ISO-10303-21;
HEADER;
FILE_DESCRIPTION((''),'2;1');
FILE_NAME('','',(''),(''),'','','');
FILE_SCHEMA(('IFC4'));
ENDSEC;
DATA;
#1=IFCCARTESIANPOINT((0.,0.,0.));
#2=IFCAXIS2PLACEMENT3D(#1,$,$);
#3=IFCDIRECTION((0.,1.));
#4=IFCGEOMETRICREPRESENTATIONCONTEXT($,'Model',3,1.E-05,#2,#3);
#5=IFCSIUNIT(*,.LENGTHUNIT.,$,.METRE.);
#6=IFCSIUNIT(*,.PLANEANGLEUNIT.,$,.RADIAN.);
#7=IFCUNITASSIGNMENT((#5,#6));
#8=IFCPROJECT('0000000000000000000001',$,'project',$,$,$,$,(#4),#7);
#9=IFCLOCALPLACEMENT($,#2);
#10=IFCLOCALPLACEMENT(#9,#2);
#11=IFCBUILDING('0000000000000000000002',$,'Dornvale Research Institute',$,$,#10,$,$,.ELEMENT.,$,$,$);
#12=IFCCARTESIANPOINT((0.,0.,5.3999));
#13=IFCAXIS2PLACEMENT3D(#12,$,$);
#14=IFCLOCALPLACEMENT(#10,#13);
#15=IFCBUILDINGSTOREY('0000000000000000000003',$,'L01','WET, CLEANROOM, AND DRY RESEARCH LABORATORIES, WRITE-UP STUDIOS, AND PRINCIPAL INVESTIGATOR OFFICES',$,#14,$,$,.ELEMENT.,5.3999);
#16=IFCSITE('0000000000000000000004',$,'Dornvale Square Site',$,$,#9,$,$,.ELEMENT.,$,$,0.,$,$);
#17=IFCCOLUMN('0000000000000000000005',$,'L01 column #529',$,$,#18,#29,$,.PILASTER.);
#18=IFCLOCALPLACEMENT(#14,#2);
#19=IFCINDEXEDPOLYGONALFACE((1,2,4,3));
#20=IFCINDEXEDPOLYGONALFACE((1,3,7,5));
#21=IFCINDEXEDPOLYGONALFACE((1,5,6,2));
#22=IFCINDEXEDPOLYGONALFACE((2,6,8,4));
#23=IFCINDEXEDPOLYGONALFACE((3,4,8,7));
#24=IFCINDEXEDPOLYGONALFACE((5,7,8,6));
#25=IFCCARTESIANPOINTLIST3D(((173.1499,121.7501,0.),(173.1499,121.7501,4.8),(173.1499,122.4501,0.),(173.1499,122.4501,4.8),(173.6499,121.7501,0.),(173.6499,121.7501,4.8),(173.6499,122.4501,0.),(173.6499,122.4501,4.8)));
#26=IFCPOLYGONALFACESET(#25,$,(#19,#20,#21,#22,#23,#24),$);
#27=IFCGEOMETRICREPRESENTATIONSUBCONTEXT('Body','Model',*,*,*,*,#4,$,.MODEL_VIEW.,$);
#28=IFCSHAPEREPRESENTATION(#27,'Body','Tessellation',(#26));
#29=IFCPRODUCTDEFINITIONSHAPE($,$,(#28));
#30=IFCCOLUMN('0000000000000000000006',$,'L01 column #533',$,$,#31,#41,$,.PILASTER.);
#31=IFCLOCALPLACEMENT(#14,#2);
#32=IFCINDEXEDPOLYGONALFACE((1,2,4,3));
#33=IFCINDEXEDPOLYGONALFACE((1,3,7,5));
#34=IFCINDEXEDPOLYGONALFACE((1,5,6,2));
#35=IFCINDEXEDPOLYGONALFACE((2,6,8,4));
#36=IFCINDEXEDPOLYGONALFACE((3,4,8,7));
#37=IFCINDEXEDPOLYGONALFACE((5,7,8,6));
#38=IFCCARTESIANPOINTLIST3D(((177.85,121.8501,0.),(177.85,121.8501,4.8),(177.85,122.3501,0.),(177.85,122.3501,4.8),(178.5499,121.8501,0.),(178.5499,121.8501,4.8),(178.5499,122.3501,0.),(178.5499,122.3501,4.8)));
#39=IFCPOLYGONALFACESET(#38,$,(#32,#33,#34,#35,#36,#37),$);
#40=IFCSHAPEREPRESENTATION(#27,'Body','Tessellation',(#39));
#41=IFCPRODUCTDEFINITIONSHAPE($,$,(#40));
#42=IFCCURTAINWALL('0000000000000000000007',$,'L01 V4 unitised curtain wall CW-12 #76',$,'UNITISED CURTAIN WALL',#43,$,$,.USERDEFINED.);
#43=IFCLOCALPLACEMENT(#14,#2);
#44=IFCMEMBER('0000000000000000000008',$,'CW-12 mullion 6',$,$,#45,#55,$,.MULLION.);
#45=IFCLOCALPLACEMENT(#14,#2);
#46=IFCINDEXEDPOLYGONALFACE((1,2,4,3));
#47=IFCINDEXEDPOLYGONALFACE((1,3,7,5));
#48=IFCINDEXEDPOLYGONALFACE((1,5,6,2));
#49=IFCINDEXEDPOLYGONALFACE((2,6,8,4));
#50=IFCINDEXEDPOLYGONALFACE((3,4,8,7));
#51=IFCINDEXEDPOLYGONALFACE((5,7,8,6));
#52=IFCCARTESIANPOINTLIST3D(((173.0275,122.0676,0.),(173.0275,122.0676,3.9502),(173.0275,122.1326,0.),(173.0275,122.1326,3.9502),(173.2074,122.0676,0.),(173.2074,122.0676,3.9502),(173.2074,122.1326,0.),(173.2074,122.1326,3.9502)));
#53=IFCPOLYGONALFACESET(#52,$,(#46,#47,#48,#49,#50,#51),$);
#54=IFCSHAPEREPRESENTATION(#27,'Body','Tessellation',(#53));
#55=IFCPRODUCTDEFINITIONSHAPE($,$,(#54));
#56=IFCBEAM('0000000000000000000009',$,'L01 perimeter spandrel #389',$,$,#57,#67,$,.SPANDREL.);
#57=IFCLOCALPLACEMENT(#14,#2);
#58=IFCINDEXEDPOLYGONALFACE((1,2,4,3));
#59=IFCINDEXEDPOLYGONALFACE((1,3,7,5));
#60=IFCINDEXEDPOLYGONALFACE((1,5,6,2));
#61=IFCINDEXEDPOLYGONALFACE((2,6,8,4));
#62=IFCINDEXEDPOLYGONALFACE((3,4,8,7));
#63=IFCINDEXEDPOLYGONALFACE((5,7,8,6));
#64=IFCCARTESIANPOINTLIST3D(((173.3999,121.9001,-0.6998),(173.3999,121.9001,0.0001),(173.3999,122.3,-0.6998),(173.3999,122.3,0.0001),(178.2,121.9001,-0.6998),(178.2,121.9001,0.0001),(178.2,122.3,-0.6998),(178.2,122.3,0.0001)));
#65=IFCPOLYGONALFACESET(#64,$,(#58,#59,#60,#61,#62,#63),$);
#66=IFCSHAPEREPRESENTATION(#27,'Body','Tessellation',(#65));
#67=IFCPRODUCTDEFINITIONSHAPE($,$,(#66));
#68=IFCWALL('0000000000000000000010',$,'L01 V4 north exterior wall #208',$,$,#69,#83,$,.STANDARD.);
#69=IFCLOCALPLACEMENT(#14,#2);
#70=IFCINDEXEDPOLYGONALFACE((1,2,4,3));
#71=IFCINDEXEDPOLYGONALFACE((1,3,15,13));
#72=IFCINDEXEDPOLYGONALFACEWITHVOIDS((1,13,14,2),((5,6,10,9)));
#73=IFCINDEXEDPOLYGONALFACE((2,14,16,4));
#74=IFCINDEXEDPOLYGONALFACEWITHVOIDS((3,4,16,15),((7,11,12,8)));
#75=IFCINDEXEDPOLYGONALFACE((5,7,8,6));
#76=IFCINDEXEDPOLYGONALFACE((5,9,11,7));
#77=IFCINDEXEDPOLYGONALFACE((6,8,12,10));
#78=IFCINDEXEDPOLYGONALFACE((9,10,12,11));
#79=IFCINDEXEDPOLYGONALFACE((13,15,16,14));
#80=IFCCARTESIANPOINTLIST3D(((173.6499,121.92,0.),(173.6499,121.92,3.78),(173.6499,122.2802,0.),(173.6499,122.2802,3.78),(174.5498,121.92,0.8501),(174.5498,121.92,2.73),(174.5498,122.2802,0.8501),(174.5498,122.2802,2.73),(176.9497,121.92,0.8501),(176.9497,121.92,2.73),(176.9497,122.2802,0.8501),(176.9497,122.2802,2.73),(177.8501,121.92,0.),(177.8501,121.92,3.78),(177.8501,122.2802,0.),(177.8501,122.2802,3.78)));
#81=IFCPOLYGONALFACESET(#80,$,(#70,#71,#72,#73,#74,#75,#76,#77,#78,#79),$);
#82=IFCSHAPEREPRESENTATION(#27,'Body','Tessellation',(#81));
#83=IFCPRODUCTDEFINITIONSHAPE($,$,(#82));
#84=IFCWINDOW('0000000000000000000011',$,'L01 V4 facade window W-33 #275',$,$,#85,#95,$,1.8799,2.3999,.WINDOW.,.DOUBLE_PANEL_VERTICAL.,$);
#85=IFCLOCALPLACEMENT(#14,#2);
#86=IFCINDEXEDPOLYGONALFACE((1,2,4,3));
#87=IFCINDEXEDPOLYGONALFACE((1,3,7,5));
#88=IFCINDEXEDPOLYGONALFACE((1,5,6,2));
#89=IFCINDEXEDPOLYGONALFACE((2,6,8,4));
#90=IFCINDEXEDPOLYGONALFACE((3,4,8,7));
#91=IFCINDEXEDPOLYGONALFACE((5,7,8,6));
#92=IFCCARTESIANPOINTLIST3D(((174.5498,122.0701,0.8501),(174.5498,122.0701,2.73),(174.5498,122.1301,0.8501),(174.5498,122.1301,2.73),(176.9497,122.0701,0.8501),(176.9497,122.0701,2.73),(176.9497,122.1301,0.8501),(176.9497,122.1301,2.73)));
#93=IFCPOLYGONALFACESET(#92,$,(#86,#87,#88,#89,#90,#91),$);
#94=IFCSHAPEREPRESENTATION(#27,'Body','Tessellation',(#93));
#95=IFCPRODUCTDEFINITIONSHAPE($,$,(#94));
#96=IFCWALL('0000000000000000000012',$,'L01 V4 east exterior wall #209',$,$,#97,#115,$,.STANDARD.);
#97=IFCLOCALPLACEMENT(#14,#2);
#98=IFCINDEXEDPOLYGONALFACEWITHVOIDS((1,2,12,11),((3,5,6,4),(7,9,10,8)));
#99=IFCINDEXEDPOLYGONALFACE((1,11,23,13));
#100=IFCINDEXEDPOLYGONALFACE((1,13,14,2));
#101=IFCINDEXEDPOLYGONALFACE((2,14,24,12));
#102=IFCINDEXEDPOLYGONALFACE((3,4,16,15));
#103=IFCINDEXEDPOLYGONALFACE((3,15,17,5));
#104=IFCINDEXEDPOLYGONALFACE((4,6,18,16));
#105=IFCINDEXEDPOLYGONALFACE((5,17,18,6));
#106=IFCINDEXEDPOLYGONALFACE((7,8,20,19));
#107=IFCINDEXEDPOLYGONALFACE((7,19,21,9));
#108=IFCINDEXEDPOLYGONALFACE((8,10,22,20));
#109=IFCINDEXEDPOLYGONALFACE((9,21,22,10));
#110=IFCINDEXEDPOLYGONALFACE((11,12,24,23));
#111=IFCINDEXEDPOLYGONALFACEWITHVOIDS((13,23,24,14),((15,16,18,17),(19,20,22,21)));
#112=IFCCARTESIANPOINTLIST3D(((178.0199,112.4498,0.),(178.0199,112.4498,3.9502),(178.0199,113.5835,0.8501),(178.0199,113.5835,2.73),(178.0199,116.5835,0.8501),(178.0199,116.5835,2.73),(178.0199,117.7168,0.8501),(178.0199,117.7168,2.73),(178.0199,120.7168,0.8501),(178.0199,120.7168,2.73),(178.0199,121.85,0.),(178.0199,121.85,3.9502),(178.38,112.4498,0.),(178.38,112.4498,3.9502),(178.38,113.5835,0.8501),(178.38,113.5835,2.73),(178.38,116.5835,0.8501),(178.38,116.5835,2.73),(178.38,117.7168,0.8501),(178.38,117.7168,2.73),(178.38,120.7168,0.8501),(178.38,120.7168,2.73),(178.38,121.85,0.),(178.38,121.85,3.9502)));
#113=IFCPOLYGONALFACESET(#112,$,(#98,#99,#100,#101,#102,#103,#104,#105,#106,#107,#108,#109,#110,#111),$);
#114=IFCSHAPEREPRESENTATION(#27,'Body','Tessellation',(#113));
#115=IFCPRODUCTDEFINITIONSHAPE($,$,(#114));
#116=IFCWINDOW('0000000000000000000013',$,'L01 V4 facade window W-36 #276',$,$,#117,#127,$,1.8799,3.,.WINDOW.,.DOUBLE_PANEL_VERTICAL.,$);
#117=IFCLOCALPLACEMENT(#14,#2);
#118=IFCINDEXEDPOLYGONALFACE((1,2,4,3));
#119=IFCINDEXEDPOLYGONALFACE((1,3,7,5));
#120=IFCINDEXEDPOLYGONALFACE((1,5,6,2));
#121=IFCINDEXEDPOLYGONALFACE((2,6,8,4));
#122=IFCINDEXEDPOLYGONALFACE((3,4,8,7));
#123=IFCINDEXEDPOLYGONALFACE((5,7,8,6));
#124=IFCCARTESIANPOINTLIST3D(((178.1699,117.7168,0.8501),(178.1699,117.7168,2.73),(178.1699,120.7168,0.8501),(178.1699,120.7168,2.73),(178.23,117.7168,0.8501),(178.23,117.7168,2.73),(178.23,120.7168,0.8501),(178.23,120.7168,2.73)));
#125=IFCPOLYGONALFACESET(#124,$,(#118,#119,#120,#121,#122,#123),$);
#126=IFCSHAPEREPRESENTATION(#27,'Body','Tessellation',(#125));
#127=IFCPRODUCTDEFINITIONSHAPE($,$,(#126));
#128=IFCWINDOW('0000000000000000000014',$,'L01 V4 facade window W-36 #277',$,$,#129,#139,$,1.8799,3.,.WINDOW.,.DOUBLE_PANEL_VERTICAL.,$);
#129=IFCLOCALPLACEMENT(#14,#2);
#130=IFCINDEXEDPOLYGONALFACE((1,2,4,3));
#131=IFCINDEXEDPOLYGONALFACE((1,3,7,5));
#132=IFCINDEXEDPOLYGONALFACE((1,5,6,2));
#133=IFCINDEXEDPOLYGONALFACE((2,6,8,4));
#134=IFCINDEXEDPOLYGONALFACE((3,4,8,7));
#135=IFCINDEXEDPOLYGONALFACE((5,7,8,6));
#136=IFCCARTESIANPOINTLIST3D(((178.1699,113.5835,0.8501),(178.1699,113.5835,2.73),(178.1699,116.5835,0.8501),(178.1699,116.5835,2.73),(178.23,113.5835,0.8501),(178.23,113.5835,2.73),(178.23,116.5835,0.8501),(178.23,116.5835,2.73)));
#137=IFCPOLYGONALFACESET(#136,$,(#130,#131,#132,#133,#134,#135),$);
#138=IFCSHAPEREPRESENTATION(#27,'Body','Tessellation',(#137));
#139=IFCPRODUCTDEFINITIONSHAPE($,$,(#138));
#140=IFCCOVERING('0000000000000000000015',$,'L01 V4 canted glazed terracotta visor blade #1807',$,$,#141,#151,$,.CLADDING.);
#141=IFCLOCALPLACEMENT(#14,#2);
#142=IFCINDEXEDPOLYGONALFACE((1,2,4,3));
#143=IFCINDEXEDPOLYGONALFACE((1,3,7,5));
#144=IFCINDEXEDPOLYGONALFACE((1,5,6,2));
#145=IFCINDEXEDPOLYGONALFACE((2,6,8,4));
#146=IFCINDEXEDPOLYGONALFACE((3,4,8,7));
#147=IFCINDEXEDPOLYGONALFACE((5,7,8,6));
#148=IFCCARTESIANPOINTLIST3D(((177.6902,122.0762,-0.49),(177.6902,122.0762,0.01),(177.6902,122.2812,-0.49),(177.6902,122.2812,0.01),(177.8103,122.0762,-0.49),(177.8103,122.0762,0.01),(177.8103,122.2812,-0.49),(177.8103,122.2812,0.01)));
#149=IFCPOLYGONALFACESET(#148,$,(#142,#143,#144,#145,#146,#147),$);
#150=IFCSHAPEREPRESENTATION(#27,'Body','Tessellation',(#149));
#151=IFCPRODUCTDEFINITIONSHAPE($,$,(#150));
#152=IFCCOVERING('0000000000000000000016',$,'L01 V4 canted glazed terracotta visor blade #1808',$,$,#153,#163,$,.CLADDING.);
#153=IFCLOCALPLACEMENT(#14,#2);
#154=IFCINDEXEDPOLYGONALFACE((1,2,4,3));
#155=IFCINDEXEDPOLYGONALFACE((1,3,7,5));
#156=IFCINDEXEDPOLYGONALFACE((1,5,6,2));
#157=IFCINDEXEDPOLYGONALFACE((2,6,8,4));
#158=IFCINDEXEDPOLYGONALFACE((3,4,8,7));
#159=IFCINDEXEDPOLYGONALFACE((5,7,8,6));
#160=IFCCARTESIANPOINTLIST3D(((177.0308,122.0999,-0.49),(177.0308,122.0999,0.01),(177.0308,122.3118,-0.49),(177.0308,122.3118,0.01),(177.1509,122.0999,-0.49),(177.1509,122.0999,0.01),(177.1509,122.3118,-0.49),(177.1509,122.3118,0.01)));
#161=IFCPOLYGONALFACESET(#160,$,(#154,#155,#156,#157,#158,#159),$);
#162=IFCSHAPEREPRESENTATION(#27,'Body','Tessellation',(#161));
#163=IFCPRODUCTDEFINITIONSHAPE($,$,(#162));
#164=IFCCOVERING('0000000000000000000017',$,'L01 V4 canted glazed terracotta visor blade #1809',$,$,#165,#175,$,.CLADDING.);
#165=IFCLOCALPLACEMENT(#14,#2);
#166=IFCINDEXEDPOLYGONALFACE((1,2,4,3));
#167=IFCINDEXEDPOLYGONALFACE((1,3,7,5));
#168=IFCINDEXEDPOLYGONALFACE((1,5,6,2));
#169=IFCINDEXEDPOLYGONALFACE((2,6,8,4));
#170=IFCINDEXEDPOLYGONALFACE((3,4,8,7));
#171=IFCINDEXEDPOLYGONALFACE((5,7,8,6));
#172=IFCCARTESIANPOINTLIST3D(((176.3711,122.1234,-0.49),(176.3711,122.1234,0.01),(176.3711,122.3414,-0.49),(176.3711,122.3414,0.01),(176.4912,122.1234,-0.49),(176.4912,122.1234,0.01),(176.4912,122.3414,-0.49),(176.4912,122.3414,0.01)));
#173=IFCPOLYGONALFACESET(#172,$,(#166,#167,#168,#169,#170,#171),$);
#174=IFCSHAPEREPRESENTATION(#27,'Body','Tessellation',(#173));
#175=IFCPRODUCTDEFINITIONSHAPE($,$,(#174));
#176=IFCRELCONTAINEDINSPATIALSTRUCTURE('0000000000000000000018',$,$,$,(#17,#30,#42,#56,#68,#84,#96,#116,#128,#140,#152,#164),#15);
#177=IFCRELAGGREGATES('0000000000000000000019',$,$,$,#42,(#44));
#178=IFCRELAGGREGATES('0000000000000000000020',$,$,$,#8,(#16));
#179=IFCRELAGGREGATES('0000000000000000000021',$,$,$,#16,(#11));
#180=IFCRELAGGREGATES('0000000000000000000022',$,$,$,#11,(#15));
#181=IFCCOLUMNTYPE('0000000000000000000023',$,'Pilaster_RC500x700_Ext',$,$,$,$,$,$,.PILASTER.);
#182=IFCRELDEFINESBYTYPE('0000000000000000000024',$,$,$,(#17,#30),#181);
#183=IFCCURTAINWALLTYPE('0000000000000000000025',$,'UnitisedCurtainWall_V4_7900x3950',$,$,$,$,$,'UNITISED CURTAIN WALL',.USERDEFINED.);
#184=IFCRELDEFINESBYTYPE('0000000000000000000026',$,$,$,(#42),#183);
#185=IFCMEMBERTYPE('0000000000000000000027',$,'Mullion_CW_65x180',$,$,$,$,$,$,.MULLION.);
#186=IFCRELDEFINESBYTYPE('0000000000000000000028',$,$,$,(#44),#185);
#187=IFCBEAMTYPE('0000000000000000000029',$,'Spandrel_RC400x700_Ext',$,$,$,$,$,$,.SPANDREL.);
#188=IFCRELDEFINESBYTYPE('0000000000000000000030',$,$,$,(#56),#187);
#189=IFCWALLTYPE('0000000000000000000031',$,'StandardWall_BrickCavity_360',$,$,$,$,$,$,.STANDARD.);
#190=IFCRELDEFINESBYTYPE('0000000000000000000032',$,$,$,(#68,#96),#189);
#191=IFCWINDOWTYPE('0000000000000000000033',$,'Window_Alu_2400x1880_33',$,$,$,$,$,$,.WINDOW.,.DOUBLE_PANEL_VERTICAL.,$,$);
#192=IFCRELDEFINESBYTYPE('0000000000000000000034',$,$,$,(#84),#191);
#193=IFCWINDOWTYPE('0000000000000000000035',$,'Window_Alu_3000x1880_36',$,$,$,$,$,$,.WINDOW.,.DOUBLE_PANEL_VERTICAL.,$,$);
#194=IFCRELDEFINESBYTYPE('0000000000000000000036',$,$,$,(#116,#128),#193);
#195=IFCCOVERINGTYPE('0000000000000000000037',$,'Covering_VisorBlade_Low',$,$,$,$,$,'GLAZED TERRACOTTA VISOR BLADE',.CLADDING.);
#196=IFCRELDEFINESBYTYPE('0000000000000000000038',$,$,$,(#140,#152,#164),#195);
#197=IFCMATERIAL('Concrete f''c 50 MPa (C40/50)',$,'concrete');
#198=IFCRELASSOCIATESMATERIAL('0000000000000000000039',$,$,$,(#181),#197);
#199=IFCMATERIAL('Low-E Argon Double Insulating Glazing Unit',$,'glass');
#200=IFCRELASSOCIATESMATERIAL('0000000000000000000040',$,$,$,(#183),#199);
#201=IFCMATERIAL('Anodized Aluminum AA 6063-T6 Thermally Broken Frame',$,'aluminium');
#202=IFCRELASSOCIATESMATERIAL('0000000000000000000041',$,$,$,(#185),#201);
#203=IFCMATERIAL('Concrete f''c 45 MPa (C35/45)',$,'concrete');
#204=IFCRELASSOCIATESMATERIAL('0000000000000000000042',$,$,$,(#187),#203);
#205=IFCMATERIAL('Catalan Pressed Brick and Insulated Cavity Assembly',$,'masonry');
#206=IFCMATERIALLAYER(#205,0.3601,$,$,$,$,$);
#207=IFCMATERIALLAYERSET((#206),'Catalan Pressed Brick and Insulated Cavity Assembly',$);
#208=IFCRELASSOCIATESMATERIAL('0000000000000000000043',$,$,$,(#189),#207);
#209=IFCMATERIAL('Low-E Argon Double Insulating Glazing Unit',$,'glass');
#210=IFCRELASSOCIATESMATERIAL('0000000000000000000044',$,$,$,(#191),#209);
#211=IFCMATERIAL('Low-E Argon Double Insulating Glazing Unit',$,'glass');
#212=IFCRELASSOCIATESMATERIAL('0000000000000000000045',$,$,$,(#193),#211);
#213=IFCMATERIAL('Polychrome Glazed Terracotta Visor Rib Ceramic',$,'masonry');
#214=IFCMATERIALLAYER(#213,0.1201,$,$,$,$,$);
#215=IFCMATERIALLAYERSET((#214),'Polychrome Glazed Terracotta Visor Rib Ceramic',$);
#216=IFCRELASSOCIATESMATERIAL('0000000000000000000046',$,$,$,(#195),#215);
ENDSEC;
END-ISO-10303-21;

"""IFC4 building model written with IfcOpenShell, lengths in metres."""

from ifc_helpers import new_model, si_unit, direction, frame, frame_2d, origin, origin_2d, place, context, subcontext, project, spatial, rectangle, extrude, material, layer, layer_set, material_profile, profile_set, type_object, element, fill, aggregate, save


model = new_model("IFC4")

# Units and contexts
model_context = context("Model", 3, precision=1e-05, world=origin(), true_north=direction((0.0, 1.0)))
body_context = subcontext(model_context, "Body", "Model", "MODEL_VIEW")
ifc_project = project(units=[si_unit("LENGTHUNIT", "METRE"), si_unit("PLANEANGLEUNIT", "RADIAN")], contexts=[model_context])

# Site, building, storey
site_placement = place(None, origin())
site = spatial("IfcSite", under=ifc_project, at=site_placement, Name="Dornvale Square Site", CompositionType="ELEMENT", RefElevation=0.0)
building_placement = place(site_placement, origin())
building = spatial("IfcBuilding", under=site, at=building_placement, Name="Dornvale Research Institute", CompositionType="ELEMENT")
storey_placement = place(building_placement, frame((0.0, 0.0, 5.3999)))
storey = spatial("IfcBuildingStorey", under=building, at=storey_placement, Name="L01", Description="WET, CLEANROOM, AND DRY RESEARCH LABORATORIES, WRITE-UP STUDIOS, AND PRINCIPAL INVESTIGATOR OFFICES", CompositionType="ELEMENT", Elevation=5.3999)

# Columns
ifc_material_1 = material(Name="Concrete f'c 50 MPa (C40/50)", Category="concrete")
ifc_material_profile_1 = material_profile(ifc_material_1, rectangle(XDim=0.5, YDim=0.7, at=origin_2d()), Name="RC 500x700")
ifc_profile_set_1 = profile_set([ifc_material_profile_1], Name="Concrete f'c 50 MPa (C40/50)")
column_type = type_object("IfcColumnType", Name="Pilaster_RC500x700_Ext", PredefinedType="PILASTER", material=ifc_profile_set_1)
for number, where, z_axis, x_axis, name in (
    (1, (173.3999, 122.1001, 0.0), (0.0, 0.0, 1.0), (1.0, 0.0, 0.0), "L01 column #529"),
    (2, (178.2, 122.1001, 0.0), (0.0, 0.0, 1.0), (0.0, 1.0, 0.0), "L01 column #533"),
):
    element("IfcColumn", number, at=place(storey_placement, frame(where, z_axis=z_axis, x_axis=x_axis)), inside=storey, type_object=column_type, Name=name, PredefinedType="PILASTER", context=body_context, shape_type="SweptSolid", body=[
        extrude(rectangle(XDim=0.5, YDim=0.7, at=origin_2d()), origin(), (0.0, 0.0, 1.0), 4.8),
    ])

# Curtain wall, member
ifc_material_2 = material(Name="Low-E Argon Double Insulating Glazing Unit", Category="glass")
curtain_wall_type = type_object("IfcCurtainWallType", Name="UnitisedCurtainWall_V4_7900x3950", ElementType="UNITISED CURTAIN WALL", PredefinedType="USERDEFINED", material=ifc_material_2)
curtain_wall_placement = place(storey_placement, origin())
curtain_wall = element("IfcCurtainWall", 3, at=curtain_wall_placement, inside=storey, type_object=curtain_wall_type, Name="L01 V4 unitised curtain wall CW-12 #76", ObjectType="UNITISED CURTAIN WALL", PredefinedType="USERDEFINED")
ifc_material_3 = material(Name="Anodized Aluminum AA 6063-T6 Thermally Broken Frame", Category="aluminium")
ifc_material_profile_2 = material_profile(ifc_material_3, rectangle(XDim=0.0649, YDim=0.1799, at=origin_2d()), Name="ALU MULLION 65x180")
ifc_profile_set_2 = profile_set([ifc_material_profile_2], Name="Anodized Aluminum AA 6063-T6 Thermally Broken Frame")
member_type = type_object("IfcMemberType", Name="Mullion_CW_65x180", PredefinedType="MULLION", material=ifc_profile_set_2)
member_placement = place(storey_placement, frame((173.1174, 122.1001, 0.0), z_axis=(0.0, 0.0, 1.0), x_axis=(0.0, 1.0, 0.0)))
member = element("IfcMember", 4, at=member_placement, type_object=member_type, Name="CW-12 mullion 6", PredefinedType="MULLION", context=body_context, shape_type="SweptSolid", body=[
    extrude(rectangle(XDim=0.0649, YDim=0.1799, at=origin_2d()), origin(), (0.0, 0.0, 1.0), 3.9502),
])
aggregate(curtain_wall, [member])

# Beam
ifc_material_4 = material(Name="Concrete f'c 45 MPa (C35/45)", Category="concrete")
ifc_material_profile_3 = material_profile(ifc_material_4, rectangle(XDim=0.3999, YDim=0.7, at=origin_2d()), Name="RC 400x700")
ifc_profile_set_3 = profile_set([ifc_material_profile_3], Name="Concrete f'c 45 MPa (C35/45)")
beam_type = type_object("IfcBeamType", Name="Spandrel_RC400x700_Ext", PredefinedType="SPANDREL", material=ifc_profile_set_3)
beam_placement = place(storey_placement, frame((173.3999, 122.1001, -0.3499), z_axis=(1.0, 0.0, 0.0), x_axis=(0.0, 1.0, 0.0)))
element("IfcBeam", 5, at=beam_placement, inside=storey, type_object=beam_type, Name="L01 perimeter spandrel #389", PredefinedType="SPANDREL", context=body_context, shape_type="SweptSolid", body=[
    extrude(rectangle(XDim=0.3999, YDim=0.7, at=origin_2d()), origin(), (0.0, 0.0, 1.0), 4.8),
])

# Wall, opening, window
ifc_material_5 = material(Name="Catalan Pressed Brick and Insulated Cavity Assembly", Category="masonry")
ifc_layer_1 = layer(ifc_material_5, 0.3601)
ifc_layer_set_1 = layer_set([ifc_layer_1], Name="Catalan Pressed Brick and Insulated Cavity Assembly")
wall_type = type_object("IfcWallType", Name="StandardWall_BrickCavity_360", PredefinedType="STANDARD", material=ifc_layer_set_1)
wall_1_placement = place(storey_placement, frame((173.6499, 122.1001, 0.0), z_axis=(0.0, 0.0, 1.0), x_axis=(1.0, 0.0, 0.0)))
wall_1 = element("IfcWall", 6, at=wall_1_placement, inside=storey, type_object=wall_type, Name="L01 V4 north exterior wall #208", PredefinedType="STANDARD", context=body_context, shape_type="SweptSolid", body=[
    extrude(rectangle(XDim=4.2002, YDim=0.3601, at=frame_2d((2.1001, 0.0))), origin(), (0.0, 0.0, 1.0), 3.78),
])
opening_1_placement = place(wall_1_placement, frame((0.8999, 0.0, 0.8501)))
opening_1 = element("IfcOpeningElement", 7, at=opening_1_placement, cuts=wall_1, PredefinedType="OPENING", context=body_context, shape_type="SweptSolid", body=[
    extrude(rectangle(XDim=2.3999, YDim=1.8799, at=frame_2d((1.2, 0.9399))), frame((0.0, 0.1951, 0.0), z_axis=(0.0, -1.0, 0.0), x_axis=(1.0, 0.0, 0.0)), (0.0, 0.0, 1.0), 0.3901),
])
ifc_material_6 = material(Name="Low-E Argon Double Insulating Glazing Unit", Category="glass")
window_type_1 = type_object("IfcWindowType", Name="Window_Alu_2400x1880_33", PartitioningType="DOUBLE_PANEL_VERTICAL", PredefinedType="WINDOW", material=ifc_material_6)
window_1_placement = place(opening_1_placement, origin())
window_1 = element("IfcWindow", 8, at=window_1_placement, inside=storey, type_object=window_type_1, Name="L01 V4 facade window W-33 #275", OverallHeight=1.8799, OverallWidth=2.3999, PartitioningType="DOUBLE_PANEL_VERTICAL", PredefinedType="WINDOW", context=body_context, shape_type="SweptSolid", body=[
    extrude(rectangle(XDim=2.3999, YDim=1.8799, at=frame_2d((1.2, 0.9399))), frame((0.0, 0.03, 0.0), z_axis=(0.0, -1.0, 0.0), x_axis=(1.0, 0.0, 0.0)), (0.0, 0.0, 1.0), 0.0601),
])
fill(opening_1, window_1)

# Wall, openings, windows
wall_2_placement = place(storey_placement, frame((178.2, 121.8501, 0.0), z_axis=(0.0, 0.0, 1.0), x_axis=(0.0, -1.0, 0.0)))
wall_2 = element("IfcWall", 9, at=wall_2_placement, inside=storey, type_object=wall_type, Name="L01 V4 east exterior wall #209", PredefinedType="STANDARD", context=body_context, shape_type="SweptSolid", body=[
    extrude(rectangle(XDim=9.4001, YDim=0.3601, at=frame_2d((4.7002, 0.0))), origin(), (0.0, 0.0, 1.0), 3.9502),
])
opening_2_placement = place(wall_2_placement, frame((1.1333, 0.0, 0.8501)))
opening_2 = element("IfcOpeningElement", 10, at=opening_2_placement, cuts=wall_2, PredefinedType="OPENING", context=body_context, shape_type="SweptSolid", body=[
    extrude(rectangle(XDim=3.0, YDim=1.8799, at=frame_2d((1.5, 0.9399))), frame((0.0, 0.1951, 0.0), z_axis=(0.0, -1.0, 0.0), x_axis=(1.0, 0.0, 0.0)), (0.0, 0.0, 1.0), 0.3901),
])
opening_3_placement = place(wall_2_placement, frame((5.2666, 0.0, 0.8501)))
opening_3 = element("IfcOpeningElement", 11, at=opening_3_placement, cuts=wall_2, PredefinedType="OPENING", context=body_context, shape_type="SweptSolid", body=[
    extrude(rectangle(XDim=3.0, YDim=1.8799, at=frame_2d((1.5, 0.9399))), frame((0.0, 0.1951, 0.0), z_axis=(0.0, -1.0, 0.0), x_axis=(1.0, 0.0, 0.0)), (0.0, 0.0, 1.0), 0.3901),
])
ifc_material_7 = material(Name="Low-E Argon Double Insulating Glazing Unit", Category="glass")
window_type_2 = type_object("IfcWindowType", Name="Window_Alu_3000x1880_36", PartitioningType="DOUBLE_PANEL_VERTICAL", PredefinedType="WINDOW", material=ifc_material_7)
window_2_placement = place(opening_2_placement, origin())
window_2 = element("IfcWindow", 12, at=window_2_placement, inside=storey, type_object=window_type_2, Name="L01 V4 facade window W-36 #276", OverallHeight=1.8799, OverallWidth=3.0, PartitioningType="DOUBLE_PANEL_VERTICAL", PredefinedType="WINDOW", context=body_context, shape_type="SweptSolid", body=[
    extrude(rectangle(XDim=3.0, YDim=1.8799, at=frame_2d((1.5, 0.9399))), frame((0.0, 0.03, 0.0), z_axis=(0.0, -1.0, 0.0), x_axis=(1.0, 0.0, 0.0)), (0.0, 0.0, 1.0), 0.0601),
])
fill(opening_2, window_2)
window_3_placement = place(opening_3_placement, origin())
window_3 = element("IfcWindow", 13, at=window_3_placement, inside=storey, type_object=window_type_2, Name="L01 V4 facade window W-36 #277", OverallHeight=1.8799, OverallWidth=3.0, PartitioningType="DOUBLE_PANEL_VERTICAL", PredefinedType="WINDOW", context=body_context, shape_type="SweptSolid", body=[
    extrude(rectangle(XDim=3.0, YDim=1.8799, at=frame_2d((1.5, 0.9399))), frame((0.0, 0.03, 0.0), z_axis=(0.0, -1.0, 0.0), x_axis=(1.0, 0.0, 0.0)), (0.0, 0.0, 1.0), 0.0601),
])
fill(opening_3, window_3)

# Coverings
ifc_material_8 = material(Name="Polychrome Glazed Terracotta Visor Rib Ceramic", Category="masonry")
ifc_layer_2 = layer(ifc_material_8, 0.1201)
ifc_layer_set_2 = layer_set([ifc_layer_2], Name="Polychrome Glazed Terracotta Visor Rib Ceramic")
covering_type = type_object("IfcCoveringType", Name="Covering_VisorBlade_Low", ElementType="GLAZED TERRACOTTA VISOR BLADE", PredefinedType="CLADDING", material=ifc_layer_set_2)
covering_1_placement = place(storey_placement, frame((177.7502, 122.1787, -0.49), z_axis=(0.0, 0.0, 1.0), x_axis=(0.0, 1.0, 0.0)))
element("IfcCovering", 14, at=covering_1_placement, inside=storey, type_object=covering_type, Name="L01 V4 canted glazed terracotta visor blade #1807", PredefinedType="CLADDING", context=body_context, shape_type="SweptSolid", body=[
    extrude(rectangle(XDim=0.2051, YDim=0.1201, at=origin_2d()), origin(), (0.0, 0.0, 1.0), 0.5),
])
covering_2_placement = place(storey_placement, frame((177.0908, 122.2058, -0.49), z_axis=(0.0, 0.0, 1.0), x_axis=(0.0, 1.0, 0.0)))
element("IfcCovering", 15, at=covering_2_placement, inside=storey, type_object=covering_type, Name="L01 V4 canted glazed terracotta visor blade #1808", PredefinedType="CLADDING", context=body_context, shape_type="SweptSolid", body=[
    extrude(rectangle(XDim=0.2119, YDim=0.1201, at=origin_2d()), origin(), (0.0, 0.0, 1.0), 0.5),
])
covering_3_placement = place(storey_placement, frame((176.4312, 122.2324, -0.49), z_axis=(0.0, 0.0, 1.0), x_axis=(0.0, 1.0, 0.0)))
element("IfcCovering", 16, at=covering_3_placement, inside=storey, type_object=covering_type, Name="L01 V4 canted glazed terracotta visor blade #1809", PredefinedType="CLADDING", context=body_context, shape_type="SweptSolid", body=[
    extrude(rectangle(XDim=0.218, YDim=0.1201, at=origin_2d()), origin(), (0.0, 0.0, 1.0), 0.5),
])

save(model, "model.ifc")
